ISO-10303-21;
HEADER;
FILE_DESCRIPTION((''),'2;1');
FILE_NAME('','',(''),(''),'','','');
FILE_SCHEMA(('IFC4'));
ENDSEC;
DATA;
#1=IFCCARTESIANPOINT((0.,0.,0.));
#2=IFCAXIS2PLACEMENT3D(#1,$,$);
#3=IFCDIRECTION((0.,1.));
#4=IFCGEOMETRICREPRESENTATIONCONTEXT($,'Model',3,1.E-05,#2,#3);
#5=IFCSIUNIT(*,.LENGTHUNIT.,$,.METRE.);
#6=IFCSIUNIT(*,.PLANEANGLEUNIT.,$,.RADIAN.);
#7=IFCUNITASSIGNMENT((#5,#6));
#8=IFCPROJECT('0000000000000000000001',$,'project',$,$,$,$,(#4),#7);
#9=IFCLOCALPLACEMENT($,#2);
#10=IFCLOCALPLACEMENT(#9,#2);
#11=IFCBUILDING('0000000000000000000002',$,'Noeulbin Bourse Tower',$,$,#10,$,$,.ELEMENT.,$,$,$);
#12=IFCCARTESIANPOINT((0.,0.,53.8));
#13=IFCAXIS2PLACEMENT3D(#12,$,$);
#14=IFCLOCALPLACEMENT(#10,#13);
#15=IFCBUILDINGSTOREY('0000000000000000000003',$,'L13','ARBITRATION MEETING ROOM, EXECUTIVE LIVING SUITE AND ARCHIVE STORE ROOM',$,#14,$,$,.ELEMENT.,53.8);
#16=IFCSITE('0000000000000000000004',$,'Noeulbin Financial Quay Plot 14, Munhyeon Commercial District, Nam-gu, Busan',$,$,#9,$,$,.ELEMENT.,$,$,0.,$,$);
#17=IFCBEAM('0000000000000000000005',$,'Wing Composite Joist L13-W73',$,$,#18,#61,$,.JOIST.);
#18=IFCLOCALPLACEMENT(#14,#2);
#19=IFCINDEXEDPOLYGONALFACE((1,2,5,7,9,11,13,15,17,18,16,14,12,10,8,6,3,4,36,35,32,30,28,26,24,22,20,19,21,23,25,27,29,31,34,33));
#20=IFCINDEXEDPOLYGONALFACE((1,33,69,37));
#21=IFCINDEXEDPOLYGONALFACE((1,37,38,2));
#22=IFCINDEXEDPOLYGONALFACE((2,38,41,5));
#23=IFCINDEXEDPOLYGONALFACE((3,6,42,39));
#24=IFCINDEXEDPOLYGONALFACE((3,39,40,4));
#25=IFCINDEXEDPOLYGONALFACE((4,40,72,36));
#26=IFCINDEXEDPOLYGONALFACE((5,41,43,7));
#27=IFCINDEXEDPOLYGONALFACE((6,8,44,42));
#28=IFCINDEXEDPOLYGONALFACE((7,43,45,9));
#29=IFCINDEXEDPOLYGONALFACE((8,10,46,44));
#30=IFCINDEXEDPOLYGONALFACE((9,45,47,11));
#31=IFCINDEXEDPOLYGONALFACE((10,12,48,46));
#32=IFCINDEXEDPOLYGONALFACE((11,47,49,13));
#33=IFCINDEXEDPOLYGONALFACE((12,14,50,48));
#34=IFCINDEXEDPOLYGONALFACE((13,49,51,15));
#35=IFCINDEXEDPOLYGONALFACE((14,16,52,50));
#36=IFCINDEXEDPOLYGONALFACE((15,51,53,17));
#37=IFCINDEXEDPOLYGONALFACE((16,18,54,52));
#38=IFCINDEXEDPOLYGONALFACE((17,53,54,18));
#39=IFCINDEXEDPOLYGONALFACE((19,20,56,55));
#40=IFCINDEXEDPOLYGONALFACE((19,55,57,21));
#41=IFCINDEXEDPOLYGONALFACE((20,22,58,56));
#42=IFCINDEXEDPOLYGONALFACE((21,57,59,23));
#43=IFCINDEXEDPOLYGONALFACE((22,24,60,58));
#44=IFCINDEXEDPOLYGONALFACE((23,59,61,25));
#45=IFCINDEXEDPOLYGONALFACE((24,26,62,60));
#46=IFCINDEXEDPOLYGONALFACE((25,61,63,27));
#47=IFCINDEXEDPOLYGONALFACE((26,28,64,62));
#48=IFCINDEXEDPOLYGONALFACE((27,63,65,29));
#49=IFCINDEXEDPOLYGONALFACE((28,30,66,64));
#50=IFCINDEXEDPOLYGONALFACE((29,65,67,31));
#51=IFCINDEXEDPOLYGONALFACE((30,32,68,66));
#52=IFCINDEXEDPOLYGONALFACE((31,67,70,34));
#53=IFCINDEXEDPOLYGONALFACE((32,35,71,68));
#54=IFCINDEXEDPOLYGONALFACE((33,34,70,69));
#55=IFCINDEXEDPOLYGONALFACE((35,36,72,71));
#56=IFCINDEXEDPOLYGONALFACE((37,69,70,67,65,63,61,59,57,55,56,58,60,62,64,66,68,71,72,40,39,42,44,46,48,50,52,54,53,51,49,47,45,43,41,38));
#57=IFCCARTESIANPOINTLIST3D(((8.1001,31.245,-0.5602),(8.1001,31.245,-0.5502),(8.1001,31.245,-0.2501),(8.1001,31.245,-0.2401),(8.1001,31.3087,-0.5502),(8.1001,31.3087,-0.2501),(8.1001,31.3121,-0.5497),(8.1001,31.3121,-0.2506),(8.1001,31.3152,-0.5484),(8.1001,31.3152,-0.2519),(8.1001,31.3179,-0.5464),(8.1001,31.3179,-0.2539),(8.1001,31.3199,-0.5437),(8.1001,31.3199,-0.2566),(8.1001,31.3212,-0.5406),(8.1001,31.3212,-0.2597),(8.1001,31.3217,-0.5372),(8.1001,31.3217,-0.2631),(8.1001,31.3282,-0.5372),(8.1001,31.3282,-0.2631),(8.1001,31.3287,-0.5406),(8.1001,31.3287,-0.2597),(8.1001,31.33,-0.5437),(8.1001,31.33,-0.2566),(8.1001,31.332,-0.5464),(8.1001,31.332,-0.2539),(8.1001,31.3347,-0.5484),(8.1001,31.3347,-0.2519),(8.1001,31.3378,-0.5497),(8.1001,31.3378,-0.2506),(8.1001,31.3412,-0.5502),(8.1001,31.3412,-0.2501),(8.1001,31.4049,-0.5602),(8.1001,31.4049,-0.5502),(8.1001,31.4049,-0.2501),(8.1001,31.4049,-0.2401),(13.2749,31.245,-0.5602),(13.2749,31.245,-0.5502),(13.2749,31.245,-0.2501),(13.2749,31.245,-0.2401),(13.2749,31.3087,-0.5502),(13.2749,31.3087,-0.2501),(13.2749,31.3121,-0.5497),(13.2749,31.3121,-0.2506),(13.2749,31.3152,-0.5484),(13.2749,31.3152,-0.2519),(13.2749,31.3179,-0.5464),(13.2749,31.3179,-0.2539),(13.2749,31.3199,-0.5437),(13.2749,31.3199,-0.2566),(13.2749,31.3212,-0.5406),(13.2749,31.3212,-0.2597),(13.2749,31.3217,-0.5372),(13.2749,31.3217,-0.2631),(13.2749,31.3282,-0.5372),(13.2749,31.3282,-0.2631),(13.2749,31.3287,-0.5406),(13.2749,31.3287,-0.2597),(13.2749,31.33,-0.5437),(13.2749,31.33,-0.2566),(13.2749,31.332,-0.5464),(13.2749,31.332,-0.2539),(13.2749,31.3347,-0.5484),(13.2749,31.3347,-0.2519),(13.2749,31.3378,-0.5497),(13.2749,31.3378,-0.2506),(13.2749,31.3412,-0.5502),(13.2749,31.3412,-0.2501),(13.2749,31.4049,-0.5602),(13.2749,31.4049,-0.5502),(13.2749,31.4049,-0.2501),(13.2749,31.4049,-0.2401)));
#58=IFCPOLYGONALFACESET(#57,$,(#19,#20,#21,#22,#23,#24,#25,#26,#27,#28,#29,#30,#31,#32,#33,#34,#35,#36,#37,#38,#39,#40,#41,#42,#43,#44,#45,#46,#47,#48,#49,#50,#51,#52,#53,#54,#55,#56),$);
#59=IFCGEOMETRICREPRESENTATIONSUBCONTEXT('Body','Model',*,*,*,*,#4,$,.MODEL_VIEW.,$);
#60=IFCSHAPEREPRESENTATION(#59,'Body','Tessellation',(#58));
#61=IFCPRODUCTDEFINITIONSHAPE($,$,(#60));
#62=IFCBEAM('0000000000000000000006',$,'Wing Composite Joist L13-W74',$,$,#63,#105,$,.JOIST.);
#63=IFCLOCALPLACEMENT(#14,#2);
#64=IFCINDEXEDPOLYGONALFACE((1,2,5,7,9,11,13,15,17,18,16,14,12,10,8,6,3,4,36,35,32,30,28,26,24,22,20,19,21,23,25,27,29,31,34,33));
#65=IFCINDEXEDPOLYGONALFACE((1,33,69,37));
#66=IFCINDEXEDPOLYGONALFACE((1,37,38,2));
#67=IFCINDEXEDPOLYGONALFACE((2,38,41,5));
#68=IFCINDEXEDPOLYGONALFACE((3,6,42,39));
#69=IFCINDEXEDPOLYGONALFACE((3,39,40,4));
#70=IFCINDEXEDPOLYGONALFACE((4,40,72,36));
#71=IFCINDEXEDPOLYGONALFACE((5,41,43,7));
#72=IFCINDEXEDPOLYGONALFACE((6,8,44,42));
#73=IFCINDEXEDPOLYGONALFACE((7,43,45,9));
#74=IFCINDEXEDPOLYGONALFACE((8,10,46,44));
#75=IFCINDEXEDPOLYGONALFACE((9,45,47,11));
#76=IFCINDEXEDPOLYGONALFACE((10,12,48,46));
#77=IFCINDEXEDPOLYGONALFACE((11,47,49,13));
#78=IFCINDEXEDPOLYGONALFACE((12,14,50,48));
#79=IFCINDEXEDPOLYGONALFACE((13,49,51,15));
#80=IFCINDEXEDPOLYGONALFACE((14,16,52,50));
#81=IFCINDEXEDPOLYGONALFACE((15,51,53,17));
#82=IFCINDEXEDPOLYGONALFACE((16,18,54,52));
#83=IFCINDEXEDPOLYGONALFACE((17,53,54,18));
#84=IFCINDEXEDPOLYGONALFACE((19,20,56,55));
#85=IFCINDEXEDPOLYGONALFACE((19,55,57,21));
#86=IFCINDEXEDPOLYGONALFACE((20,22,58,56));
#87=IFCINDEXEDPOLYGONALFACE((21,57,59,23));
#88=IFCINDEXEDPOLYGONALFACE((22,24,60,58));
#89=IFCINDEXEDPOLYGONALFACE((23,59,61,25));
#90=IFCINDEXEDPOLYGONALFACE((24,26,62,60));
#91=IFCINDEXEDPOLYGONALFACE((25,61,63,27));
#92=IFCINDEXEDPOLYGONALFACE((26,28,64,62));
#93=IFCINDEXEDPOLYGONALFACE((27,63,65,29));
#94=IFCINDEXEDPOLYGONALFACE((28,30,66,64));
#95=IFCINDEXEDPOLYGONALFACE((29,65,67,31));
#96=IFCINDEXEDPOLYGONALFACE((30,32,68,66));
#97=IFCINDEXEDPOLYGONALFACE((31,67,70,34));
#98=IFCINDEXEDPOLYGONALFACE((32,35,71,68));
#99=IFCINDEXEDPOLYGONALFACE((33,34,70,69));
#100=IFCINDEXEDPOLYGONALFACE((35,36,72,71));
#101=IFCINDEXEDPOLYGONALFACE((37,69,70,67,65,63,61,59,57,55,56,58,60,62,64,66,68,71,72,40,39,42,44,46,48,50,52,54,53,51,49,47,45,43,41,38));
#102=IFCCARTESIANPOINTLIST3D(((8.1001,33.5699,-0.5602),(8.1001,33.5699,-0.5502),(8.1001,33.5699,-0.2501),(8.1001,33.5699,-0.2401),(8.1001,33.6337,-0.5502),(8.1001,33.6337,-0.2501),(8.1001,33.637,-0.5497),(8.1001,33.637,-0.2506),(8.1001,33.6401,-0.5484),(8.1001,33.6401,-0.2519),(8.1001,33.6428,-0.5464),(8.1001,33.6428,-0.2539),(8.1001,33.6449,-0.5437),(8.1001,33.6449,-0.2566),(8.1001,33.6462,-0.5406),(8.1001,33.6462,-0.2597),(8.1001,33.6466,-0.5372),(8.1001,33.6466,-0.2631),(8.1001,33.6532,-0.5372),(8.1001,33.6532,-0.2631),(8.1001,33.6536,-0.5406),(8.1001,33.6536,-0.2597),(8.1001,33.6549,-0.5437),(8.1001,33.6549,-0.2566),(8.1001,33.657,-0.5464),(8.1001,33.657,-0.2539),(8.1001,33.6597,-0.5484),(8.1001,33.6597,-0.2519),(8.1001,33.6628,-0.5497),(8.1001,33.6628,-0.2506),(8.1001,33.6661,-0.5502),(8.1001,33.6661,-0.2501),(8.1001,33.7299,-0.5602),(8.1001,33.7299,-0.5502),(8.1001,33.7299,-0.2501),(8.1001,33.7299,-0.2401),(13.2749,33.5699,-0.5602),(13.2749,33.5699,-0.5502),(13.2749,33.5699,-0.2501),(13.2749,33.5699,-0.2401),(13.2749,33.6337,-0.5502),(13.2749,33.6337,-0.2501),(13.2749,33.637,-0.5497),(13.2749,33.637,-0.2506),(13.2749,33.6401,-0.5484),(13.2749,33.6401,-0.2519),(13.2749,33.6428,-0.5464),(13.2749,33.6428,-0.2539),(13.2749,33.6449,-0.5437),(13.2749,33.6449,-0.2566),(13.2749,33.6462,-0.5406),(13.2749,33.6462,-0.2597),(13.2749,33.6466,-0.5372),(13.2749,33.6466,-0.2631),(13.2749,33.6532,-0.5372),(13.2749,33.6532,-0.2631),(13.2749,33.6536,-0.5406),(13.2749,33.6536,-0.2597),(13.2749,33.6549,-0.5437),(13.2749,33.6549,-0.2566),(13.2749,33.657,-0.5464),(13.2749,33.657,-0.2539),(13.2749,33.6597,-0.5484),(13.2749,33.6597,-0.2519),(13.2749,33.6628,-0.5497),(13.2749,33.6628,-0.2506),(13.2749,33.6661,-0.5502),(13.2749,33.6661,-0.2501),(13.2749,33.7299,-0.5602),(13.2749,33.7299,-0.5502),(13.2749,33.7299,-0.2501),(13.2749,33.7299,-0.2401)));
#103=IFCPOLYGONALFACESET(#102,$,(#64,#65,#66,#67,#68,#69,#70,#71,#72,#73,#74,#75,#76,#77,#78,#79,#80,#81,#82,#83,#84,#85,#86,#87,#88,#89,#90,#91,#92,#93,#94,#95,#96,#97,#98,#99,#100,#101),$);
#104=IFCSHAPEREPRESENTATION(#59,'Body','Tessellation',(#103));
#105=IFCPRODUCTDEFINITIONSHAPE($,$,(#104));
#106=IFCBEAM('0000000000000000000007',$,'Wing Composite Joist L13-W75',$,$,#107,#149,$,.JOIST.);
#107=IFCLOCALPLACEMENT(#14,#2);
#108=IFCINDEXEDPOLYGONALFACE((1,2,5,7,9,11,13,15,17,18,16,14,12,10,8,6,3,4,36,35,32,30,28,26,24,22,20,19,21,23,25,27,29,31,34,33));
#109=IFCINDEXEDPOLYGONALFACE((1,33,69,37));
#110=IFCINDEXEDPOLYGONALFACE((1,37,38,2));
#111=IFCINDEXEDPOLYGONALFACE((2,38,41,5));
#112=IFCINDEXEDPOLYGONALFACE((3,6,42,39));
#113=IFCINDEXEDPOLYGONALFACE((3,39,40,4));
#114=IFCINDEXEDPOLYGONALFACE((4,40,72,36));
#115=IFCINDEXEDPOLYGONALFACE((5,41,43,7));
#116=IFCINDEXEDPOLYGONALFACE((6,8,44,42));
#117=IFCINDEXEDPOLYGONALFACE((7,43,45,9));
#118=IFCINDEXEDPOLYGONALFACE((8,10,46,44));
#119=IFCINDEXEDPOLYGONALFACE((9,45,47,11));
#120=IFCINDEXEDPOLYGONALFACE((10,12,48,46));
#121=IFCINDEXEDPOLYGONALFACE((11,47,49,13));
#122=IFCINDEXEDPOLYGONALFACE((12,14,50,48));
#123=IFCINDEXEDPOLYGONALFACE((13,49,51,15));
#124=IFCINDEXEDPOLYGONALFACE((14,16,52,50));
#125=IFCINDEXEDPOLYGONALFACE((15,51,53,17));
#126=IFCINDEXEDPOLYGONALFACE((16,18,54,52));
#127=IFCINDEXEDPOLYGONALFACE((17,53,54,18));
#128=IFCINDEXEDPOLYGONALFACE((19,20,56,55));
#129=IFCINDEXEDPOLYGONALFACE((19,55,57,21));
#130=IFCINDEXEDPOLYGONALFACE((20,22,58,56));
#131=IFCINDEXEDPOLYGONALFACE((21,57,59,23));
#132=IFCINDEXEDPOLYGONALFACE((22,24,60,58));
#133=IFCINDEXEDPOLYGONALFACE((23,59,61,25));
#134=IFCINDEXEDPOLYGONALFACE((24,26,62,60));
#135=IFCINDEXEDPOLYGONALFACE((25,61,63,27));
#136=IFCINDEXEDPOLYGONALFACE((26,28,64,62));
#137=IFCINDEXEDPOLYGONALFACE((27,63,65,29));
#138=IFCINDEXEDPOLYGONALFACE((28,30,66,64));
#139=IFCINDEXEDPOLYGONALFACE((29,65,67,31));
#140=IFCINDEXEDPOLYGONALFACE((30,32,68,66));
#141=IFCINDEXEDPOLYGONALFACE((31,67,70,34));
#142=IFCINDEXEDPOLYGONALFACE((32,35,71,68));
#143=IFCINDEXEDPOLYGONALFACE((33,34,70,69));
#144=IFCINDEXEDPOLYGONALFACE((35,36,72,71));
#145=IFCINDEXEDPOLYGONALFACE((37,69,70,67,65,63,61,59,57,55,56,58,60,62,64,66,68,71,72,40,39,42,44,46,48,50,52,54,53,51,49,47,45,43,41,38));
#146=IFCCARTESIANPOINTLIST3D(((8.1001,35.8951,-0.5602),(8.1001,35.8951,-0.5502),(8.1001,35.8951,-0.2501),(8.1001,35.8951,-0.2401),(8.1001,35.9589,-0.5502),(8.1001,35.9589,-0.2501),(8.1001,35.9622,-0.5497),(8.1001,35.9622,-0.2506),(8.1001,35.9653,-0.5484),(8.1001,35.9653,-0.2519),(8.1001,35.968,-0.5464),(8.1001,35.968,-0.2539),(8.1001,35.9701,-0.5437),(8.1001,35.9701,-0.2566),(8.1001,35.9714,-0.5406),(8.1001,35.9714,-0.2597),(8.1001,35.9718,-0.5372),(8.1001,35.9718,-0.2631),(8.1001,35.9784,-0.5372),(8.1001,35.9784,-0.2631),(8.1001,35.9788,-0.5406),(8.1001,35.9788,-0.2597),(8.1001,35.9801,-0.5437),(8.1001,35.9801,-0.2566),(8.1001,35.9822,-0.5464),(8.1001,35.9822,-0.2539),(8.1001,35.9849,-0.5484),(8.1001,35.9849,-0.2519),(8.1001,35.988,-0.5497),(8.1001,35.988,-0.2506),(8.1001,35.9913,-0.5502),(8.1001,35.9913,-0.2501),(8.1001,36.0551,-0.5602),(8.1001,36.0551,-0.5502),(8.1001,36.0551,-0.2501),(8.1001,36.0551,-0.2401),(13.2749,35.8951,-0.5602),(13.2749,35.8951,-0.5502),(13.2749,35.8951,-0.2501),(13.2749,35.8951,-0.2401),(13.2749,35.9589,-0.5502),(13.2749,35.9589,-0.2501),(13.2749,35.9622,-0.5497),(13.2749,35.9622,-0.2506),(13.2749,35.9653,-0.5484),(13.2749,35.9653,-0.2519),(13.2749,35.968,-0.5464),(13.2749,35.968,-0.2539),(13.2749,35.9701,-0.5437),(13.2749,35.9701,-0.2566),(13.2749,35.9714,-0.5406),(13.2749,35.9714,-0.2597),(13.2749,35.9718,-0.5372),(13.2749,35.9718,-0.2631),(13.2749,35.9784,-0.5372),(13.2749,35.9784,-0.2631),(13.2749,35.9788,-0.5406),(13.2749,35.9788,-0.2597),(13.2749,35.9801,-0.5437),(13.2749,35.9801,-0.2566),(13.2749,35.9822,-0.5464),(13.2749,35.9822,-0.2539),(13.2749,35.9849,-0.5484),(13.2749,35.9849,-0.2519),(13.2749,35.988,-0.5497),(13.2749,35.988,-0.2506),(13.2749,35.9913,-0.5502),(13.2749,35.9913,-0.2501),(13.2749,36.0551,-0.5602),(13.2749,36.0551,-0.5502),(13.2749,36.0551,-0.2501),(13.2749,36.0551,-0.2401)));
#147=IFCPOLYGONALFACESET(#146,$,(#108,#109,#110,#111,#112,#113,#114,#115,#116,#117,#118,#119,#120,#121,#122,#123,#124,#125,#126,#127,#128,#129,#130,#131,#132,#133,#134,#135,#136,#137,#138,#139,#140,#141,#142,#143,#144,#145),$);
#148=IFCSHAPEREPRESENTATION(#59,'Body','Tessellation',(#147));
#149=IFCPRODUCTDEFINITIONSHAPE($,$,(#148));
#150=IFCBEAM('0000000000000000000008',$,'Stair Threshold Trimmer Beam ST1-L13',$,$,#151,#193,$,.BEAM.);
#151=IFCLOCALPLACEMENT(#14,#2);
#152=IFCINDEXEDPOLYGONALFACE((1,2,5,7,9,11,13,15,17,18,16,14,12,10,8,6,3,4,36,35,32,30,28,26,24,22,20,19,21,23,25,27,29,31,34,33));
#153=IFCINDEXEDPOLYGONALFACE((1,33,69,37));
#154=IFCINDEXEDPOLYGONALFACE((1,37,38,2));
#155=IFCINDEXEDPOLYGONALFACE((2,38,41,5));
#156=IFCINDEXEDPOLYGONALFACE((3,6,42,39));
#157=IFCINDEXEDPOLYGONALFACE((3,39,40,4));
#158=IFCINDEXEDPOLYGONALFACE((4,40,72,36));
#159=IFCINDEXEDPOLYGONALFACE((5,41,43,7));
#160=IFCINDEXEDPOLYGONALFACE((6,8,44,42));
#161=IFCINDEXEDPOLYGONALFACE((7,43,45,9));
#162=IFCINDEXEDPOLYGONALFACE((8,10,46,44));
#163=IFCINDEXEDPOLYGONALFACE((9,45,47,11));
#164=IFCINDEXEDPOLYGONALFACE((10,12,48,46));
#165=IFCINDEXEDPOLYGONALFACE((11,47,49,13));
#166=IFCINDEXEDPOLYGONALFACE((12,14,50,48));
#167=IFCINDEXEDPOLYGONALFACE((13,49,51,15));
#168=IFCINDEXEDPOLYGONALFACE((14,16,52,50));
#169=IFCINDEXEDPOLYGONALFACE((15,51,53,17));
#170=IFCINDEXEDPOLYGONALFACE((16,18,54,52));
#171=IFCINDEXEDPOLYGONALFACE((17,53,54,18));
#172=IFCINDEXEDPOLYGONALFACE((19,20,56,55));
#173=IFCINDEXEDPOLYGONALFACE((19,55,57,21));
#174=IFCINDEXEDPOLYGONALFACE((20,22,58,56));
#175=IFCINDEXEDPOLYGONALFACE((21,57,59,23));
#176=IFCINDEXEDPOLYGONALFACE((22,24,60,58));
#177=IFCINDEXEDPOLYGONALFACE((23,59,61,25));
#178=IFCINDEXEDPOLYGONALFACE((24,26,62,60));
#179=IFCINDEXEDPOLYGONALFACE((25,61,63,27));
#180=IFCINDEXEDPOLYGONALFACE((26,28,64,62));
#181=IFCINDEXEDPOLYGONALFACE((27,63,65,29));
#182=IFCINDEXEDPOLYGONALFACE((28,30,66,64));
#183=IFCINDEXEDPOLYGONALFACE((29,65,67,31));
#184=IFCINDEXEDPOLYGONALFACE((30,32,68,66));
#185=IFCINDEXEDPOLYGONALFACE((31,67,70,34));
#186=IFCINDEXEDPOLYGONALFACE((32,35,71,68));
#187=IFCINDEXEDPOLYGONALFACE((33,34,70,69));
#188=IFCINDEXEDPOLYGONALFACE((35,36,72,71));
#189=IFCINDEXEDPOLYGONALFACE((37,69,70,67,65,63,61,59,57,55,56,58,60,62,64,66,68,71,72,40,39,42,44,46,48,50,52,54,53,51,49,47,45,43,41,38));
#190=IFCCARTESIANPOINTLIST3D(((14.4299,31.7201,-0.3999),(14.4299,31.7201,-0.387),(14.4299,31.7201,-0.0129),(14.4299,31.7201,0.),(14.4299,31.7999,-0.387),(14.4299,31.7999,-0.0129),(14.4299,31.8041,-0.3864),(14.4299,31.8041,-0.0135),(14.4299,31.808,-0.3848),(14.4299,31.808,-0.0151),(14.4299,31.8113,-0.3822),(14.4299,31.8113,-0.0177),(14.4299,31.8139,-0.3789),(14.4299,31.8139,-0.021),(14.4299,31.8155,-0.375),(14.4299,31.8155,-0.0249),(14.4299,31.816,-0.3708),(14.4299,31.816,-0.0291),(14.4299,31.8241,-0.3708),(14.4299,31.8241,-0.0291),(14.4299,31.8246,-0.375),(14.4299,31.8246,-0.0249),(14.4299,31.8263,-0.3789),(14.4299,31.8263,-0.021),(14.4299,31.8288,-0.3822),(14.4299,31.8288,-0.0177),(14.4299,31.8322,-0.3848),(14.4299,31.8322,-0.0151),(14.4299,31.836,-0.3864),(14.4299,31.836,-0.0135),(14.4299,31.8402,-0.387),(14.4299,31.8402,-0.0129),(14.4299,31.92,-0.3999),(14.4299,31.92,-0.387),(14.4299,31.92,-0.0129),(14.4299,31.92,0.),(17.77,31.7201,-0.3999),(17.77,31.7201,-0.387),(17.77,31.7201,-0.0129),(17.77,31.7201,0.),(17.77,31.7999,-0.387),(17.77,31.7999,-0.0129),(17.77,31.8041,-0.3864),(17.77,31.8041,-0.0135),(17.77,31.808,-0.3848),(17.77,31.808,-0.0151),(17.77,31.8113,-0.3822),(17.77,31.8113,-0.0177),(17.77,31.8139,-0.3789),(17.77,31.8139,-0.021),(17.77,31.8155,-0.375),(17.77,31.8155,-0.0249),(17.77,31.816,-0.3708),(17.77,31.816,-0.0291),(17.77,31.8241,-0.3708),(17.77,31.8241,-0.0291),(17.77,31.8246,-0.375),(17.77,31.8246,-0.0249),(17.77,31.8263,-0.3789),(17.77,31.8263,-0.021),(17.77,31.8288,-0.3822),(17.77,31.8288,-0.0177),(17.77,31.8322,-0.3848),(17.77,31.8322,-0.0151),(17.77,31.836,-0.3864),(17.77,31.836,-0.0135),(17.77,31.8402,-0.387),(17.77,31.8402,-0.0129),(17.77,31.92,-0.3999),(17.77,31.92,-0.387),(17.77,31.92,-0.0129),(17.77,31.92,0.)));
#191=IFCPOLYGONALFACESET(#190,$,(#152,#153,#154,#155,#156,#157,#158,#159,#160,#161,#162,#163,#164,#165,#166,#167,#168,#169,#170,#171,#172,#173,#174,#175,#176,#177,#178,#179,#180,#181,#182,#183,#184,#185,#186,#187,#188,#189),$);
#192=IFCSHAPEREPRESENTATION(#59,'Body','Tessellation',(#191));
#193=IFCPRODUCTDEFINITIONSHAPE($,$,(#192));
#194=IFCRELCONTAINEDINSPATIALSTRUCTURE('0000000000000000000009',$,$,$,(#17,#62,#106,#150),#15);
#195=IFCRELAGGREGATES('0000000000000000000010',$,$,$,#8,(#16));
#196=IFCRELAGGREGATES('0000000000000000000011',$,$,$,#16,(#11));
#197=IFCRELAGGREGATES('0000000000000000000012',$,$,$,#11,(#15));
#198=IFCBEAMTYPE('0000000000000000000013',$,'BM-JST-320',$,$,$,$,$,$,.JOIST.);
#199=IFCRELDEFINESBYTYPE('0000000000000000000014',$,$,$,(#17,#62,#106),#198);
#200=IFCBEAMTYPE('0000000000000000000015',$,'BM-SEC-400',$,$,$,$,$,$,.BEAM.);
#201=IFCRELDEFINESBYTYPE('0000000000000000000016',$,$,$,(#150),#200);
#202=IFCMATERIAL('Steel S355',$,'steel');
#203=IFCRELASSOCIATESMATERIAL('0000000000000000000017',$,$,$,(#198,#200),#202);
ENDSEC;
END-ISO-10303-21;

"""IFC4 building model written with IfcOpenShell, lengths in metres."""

from ifc_helpers import new_model, si_unit, direction, frame, origin, origin_2d, place, context, subcontext, project, spatial, i_section, extrude, material, material_profile, profile_set, type_object, element, save


model = new_model("IFC4")

# Units and contexts
model_context = context("Model", 3, precision=1e-05, world=origin(), true_north=direction((0.0, 1.0)))
body_context = subcontext(model_context, "Body", "Model", "MODEL_VIEW")
ifc_project = project(units=[si_unit("LENGTHUNIT", "METRE"), si_unit("PLANEANGLEUNIT", "RADIAN")], contexts=[model_context])

# Site, building, storey
site_placement = place(None, origin())
site = spatial("IfcSite", under=ifc_project, at=site_placement, Name="Noeulbin Financial Quay Plot 14, Munhyeon Commercial District, Nam-gu, Busan", CompositionType="ELEMENT", RefElevation=0.0)
building_placement = place(site_placement, origin())
building = spatial("IfcBuilding", under=site, at=building_placement, Name="Noeulbin Bourse Tower", CompositionType="ELEMENT")
storey_placement = place(building_placement, frame((0.0, 0.0, 53.8)))
storey = spatial("IfcBuildingStorey", under=building, at=storey_placement, Name="L13", Description="ARBITRATION MEETING ROOM, EXECUTIVE LIVING SUITE AND ARCHIVE STORE ROOM", CompositionType="ELEMENT", Elevation=53.8)

# Beams
ifc_material_1 = material(Name="Steel S355", Category="steel")
ifc_material_profile_1 = material_profile(ifc_material_1, i_section(OverallWidth=0.1599, OverallDepth=0.3201, WebThickness=0.0066, FlangeThickness=0.01, FilletRadius=0.0129, at=origin_2d()), Name="H-320x160x6.5x10", Category="LoadBearing")
ifc_profile_set_1 = profile_set([ifc_material_profile_1], Name="Steel S355")
beam_type_1 = type_object("IfcBeamType", Name="BM-JST-320", PredefinedType="JOIST", material=ifc_profile_set_1)
for number, where, z_axis, x_axis, name in (
    (1, (8.1001, 31.325, -0.4001), (1.0, 0.0, 0.0), (0.0, 1.0, 0.0), "Wing Composite Joist L13-W73"),
    (2, (8.1001, 33.6499, -0.4001), (1.0, 0.0, 0.0), (0.0, 1.0, 0.0), "Wing Composite Joist L13-W74"),
    (3, (8.1001, 35.9751, -0.4001), (1.0, 0.0, 0.0), (0.0, 1.0, 0.0), "Wing Composite Joist L13-W75"),
):
    element("IfcBeam", number, at=place(storey_placement, frame(where, z_axis=z_axis, x_axis=x_axis)), inside=storey, type_object=beam_type_1, Name=name, PredefinedType="JOIST", context=body_context, shape_type="SweptSolid", body=[
        extrude(i_section(OverallWidth=0.1599, OverallDepth=0.3201, WebThickness=0.0066, FlangeThickness=0.01, FilletRadius=0.0129, at=origin_2d()), origin(), (0.0, 0.0, 1.0), 5.1748),
    ])
ifc_material_profile_2 = material_profile(ifc_material_1, i_section(OverallWidth=0.2, OverallDepth=0.3999, WebThickness=0.0081, FlangeThickness=0.0129, FilletRadius=0.0161, at=origin_2d()), Name="H-400x200x8x13", Category="LoadBearing")
ifc_profile_set_2 = profile_set([ifc_material_profile_2], Name="Steel S355")
beam_type_2 = type_object("IfcBeamType", Name="BM-SEC-400", PredefinedType="BEAM", material=ifc_profile_set_2)
beam_placement = place(storey_placement, frame((14.4299, 31.8201, -0.2), z_axis=(1.0, 0.0, 0.0), x_axis=(0.0, 1.0, 0.0)))
element("IfcBeam", 4, at=beam_placement, inside=storey, type_object=beam_type_2, Name="Stair Threshold Trimmer Beam ST1-L13", PredefinedType="BEAM", context=body_context, shape_type="SweptSolid", body=[
    extrude(i_section(OverallWidth=0.2, OverallDepth=0.3999, WebThickness=0.0081, FlangeThickness=0.0129, FilletRadius=0.0161, at=origin_2d()), origin(), (0.0, 0.0, 1.0), 3.3401),
])

save(model, "model.ifc")
